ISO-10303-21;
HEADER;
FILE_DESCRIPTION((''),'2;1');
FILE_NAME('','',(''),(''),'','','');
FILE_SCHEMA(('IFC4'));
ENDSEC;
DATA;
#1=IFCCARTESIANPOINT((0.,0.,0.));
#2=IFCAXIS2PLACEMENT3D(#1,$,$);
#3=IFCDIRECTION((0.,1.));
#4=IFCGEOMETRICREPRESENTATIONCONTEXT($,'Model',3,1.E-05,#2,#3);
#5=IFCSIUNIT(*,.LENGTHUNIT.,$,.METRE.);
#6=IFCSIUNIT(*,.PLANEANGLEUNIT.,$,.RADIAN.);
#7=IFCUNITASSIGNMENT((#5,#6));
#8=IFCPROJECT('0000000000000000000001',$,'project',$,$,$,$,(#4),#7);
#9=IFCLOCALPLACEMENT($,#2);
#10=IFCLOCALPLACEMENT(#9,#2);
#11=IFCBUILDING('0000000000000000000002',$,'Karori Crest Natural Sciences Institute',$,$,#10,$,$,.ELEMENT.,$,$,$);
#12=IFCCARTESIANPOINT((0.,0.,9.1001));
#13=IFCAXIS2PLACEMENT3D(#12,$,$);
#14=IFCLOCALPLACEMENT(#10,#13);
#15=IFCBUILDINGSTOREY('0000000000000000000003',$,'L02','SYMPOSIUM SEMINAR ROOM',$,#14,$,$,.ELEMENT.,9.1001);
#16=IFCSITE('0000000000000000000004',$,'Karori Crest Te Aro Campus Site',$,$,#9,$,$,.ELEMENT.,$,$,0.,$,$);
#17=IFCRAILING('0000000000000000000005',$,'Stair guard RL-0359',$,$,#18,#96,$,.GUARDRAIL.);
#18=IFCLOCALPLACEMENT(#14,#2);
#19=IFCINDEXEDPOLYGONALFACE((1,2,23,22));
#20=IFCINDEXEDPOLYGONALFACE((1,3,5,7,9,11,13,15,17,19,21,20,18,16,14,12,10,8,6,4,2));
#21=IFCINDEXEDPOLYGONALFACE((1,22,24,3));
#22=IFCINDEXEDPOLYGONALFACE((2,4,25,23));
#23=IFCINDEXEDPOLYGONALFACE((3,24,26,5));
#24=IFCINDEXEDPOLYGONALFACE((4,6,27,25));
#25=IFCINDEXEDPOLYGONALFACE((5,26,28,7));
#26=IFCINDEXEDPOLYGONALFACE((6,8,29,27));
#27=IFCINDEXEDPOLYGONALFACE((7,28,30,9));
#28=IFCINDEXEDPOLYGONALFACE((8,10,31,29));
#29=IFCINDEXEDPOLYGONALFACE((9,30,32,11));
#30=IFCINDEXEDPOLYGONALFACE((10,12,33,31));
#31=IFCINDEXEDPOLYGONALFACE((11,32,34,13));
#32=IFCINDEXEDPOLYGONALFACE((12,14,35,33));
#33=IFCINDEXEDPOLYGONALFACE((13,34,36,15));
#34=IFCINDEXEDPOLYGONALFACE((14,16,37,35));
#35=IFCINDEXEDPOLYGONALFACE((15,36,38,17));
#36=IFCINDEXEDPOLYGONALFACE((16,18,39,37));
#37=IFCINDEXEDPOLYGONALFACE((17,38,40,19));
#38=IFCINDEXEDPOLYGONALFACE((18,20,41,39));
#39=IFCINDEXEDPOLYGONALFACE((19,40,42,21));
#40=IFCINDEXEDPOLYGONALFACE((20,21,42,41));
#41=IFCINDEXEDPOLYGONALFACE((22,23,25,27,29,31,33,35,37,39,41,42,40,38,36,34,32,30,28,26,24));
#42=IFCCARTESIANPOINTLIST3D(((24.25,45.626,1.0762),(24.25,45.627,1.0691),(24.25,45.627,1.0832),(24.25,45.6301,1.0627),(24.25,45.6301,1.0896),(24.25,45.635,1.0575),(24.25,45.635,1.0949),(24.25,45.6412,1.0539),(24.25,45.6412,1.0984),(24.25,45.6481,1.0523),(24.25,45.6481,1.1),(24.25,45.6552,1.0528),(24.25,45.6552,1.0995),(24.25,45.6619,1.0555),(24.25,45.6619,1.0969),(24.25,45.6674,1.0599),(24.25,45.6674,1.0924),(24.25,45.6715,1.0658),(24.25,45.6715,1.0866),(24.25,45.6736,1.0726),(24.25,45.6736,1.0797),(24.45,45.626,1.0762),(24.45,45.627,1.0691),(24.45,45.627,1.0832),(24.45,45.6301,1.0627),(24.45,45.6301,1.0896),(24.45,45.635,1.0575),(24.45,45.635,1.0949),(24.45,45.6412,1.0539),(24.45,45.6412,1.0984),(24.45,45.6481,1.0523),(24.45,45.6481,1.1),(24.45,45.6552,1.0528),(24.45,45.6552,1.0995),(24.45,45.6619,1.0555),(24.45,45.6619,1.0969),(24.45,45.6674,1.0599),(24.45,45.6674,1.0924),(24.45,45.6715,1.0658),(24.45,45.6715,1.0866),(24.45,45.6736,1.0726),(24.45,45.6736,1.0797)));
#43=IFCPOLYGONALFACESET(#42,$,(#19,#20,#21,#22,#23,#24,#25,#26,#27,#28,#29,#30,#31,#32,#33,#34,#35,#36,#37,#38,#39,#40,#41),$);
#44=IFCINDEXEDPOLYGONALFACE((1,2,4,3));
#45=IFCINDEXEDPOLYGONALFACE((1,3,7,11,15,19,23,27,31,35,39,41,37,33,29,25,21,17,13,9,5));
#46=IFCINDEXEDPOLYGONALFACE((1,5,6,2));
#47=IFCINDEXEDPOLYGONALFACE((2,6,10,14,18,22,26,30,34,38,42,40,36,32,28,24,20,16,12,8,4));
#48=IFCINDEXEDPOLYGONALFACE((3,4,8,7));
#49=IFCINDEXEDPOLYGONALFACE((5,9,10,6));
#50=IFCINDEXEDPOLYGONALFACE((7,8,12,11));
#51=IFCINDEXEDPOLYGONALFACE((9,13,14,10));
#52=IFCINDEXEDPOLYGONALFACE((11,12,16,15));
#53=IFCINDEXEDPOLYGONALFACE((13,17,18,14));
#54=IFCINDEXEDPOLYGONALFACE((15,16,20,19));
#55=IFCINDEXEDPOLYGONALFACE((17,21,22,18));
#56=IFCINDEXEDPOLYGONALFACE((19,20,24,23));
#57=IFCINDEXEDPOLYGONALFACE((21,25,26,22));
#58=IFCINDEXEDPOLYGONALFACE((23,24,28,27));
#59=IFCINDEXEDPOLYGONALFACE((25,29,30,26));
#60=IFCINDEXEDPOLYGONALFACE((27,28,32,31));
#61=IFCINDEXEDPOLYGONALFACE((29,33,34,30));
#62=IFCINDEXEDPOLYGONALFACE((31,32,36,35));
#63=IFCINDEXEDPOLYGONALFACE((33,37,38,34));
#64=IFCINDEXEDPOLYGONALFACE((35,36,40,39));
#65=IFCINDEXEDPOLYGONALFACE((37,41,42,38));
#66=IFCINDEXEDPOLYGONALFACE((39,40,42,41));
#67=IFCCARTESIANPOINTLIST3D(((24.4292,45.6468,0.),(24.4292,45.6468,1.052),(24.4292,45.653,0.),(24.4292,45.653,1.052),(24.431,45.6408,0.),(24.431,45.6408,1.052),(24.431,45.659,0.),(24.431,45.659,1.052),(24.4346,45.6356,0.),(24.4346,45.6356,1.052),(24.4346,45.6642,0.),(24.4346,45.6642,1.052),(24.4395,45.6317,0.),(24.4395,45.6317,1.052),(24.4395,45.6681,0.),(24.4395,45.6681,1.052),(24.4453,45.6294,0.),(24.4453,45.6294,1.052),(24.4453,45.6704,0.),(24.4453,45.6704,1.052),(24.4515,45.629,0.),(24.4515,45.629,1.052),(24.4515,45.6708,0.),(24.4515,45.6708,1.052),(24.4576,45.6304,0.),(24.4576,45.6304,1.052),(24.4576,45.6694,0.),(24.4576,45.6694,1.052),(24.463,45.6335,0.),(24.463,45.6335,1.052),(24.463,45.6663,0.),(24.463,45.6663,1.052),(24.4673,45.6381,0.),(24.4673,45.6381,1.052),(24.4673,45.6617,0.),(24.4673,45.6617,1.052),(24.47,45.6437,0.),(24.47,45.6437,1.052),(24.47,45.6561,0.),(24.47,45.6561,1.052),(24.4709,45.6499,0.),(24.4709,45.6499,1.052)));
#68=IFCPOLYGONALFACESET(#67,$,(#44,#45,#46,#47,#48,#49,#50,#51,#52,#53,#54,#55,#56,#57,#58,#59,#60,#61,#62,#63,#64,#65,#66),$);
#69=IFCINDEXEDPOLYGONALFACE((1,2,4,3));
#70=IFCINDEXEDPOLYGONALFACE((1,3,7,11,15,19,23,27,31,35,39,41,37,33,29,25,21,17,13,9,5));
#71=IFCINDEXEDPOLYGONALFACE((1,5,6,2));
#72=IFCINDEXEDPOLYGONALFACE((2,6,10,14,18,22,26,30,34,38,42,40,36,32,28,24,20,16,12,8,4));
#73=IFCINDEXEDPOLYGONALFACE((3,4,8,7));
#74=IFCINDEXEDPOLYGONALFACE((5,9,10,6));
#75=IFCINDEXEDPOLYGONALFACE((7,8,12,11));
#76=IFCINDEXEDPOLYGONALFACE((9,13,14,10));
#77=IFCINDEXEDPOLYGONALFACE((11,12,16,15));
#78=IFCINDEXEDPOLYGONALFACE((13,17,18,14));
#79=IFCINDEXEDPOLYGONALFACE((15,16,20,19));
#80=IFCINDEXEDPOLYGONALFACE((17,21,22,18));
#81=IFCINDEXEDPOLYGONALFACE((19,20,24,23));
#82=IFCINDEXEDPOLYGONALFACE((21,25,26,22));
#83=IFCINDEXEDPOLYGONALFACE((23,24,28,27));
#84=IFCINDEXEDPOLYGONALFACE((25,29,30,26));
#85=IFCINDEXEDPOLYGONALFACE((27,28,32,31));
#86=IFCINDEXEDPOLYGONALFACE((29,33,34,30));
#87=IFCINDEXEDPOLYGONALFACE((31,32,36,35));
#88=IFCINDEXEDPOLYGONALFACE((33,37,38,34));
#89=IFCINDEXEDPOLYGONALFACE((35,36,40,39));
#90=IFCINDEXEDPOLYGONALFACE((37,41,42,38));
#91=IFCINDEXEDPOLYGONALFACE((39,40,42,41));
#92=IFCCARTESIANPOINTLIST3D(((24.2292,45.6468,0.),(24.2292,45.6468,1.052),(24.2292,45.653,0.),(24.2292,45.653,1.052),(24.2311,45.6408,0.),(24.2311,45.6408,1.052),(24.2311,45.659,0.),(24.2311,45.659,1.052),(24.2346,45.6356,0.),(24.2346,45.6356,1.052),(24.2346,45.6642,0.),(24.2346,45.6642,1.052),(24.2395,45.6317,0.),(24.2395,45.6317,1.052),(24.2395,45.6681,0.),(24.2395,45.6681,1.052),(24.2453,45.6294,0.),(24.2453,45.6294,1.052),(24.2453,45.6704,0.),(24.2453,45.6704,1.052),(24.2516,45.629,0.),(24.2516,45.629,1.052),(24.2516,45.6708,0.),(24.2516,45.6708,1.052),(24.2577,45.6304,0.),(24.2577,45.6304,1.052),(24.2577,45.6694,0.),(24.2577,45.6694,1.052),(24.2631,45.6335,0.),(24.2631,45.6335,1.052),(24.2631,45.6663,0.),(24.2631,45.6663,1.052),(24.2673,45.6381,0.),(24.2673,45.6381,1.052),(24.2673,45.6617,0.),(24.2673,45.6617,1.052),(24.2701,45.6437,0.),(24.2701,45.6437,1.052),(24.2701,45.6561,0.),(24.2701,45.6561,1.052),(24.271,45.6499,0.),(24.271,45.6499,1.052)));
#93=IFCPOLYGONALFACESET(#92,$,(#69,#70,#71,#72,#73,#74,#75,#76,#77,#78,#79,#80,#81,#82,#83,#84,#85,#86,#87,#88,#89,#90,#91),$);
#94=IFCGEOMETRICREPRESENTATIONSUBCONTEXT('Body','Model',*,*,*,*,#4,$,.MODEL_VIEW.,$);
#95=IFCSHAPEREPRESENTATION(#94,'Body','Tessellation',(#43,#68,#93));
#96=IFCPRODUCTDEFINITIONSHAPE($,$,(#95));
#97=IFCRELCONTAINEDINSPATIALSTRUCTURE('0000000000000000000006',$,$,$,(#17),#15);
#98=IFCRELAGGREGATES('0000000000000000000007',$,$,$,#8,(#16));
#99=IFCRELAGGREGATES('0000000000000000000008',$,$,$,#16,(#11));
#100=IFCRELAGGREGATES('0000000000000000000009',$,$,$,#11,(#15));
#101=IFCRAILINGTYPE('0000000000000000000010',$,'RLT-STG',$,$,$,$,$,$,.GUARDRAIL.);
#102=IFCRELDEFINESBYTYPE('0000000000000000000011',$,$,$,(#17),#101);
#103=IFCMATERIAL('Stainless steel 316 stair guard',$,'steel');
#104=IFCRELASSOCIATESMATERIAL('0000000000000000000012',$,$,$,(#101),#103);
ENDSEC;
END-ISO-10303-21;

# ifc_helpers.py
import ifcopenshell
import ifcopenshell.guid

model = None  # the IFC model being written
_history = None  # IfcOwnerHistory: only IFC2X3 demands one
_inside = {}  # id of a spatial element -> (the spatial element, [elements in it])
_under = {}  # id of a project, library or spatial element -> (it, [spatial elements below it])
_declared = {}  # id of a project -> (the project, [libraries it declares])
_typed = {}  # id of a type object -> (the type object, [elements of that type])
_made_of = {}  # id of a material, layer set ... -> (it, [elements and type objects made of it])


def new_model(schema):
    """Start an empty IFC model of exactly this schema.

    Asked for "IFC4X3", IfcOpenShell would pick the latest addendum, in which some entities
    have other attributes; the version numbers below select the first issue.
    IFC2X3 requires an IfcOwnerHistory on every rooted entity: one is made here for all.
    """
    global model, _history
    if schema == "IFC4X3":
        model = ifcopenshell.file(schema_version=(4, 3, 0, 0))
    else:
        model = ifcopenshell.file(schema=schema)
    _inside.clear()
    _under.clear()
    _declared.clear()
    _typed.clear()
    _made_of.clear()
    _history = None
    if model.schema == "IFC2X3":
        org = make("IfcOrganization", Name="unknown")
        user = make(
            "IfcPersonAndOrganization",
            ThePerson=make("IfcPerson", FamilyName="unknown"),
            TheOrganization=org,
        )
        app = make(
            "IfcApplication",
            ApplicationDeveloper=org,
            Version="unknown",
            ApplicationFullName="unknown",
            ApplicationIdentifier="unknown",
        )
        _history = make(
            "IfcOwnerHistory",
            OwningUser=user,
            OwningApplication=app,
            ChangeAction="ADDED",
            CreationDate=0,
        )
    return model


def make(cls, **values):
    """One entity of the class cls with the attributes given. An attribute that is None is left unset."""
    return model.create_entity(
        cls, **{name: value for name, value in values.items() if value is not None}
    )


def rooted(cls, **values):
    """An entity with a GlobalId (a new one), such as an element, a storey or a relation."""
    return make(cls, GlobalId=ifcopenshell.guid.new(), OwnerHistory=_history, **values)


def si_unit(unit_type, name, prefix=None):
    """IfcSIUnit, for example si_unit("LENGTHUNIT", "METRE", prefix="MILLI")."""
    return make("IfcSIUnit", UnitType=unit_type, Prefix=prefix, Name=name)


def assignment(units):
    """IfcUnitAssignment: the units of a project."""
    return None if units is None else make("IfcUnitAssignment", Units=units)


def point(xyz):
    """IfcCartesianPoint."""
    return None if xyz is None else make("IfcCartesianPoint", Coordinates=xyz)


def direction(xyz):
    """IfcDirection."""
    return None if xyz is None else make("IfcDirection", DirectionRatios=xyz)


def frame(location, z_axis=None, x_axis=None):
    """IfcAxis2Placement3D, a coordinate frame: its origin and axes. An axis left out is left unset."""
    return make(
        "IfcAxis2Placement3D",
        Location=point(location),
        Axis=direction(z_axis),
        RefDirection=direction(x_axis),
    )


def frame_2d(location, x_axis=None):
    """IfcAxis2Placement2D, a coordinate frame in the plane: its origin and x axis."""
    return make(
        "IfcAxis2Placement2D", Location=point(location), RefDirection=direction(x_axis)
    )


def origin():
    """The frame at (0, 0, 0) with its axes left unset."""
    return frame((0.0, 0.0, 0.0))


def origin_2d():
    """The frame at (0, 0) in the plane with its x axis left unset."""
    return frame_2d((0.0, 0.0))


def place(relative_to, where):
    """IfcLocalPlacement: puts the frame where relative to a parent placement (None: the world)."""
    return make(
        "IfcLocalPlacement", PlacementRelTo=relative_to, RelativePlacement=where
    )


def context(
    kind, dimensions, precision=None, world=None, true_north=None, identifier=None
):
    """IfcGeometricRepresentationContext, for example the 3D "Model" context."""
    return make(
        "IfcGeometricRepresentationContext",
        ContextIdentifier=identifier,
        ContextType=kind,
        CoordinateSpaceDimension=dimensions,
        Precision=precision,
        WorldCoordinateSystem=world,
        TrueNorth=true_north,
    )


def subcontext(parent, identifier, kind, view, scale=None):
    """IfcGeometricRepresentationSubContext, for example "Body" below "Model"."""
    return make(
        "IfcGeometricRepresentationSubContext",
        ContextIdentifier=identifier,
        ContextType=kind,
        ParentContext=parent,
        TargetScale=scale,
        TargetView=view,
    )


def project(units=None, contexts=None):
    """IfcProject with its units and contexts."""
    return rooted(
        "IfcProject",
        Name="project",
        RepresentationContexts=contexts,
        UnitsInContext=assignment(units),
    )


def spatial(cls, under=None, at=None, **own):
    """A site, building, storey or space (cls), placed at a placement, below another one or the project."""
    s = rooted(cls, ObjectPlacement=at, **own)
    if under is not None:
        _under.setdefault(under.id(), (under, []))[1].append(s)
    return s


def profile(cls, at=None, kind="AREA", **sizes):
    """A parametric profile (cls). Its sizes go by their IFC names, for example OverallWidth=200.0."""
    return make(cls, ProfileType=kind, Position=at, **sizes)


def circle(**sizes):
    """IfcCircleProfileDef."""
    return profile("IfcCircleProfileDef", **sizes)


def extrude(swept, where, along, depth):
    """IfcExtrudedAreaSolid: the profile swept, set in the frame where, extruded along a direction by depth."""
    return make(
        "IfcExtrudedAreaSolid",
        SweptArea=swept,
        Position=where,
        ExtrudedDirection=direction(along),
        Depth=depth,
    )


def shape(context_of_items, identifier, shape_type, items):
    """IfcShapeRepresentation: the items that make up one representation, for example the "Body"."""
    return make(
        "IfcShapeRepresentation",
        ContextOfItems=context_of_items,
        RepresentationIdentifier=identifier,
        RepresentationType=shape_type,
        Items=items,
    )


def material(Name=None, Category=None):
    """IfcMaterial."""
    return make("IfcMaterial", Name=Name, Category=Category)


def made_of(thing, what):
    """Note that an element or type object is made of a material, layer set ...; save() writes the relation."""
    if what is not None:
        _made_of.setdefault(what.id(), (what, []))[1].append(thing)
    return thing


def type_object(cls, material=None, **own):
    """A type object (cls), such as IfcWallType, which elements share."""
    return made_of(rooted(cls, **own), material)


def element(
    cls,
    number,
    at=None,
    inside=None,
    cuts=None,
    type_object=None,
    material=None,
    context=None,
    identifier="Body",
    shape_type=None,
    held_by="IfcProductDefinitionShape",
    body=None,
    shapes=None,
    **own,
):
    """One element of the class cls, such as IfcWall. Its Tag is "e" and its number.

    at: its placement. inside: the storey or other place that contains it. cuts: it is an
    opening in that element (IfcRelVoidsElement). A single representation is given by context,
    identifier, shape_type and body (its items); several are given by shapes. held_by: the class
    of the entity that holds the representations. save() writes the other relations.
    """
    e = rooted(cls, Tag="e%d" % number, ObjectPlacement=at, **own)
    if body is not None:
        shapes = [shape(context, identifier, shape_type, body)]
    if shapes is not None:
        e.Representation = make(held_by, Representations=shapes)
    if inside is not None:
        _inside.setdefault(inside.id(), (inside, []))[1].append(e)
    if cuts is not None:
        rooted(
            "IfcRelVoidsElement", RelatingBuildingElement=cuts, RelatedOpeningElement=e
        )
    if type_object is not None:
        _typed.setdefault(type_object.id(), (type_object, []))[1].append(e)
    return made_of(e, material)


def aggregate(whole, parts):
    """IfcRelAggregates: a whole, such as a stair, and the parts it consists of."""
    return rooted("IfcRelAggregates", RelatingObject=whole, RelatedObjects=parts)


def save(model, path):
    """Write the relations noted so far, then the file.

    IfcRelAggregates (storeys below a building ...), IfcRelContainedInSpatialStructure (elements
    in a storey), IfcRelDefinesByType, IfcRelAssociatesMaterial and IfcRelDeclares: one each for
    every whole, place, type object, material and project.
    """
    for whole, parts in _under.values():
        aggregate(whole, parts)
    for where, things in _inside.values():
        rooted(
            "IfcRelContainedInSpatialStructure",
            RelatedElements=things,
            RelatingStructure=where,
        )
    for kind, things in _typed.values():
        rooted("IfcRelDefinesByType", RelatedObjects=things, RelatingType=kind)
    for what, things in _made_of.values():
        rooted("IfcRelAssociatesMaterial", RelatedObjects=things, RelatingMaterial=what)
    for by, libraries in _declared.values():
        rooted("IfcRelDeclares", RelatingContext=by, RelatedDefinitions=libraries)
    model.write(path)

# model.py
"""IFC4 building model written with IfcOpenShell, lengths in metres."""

from ifc_helpers import new_model, si_unit, direction, frame, origin, origin_2d, place, context, subcontext, project, spatial, circle, extrude, material, type_object, element, save


model = new_model("IFC4")

# Units and contexts
model_context = context("Model", 3, precision=1e-05, world=origin(), true_north=direction((0.0, 1.0)))
body_context = subcontext(model_context, "Body", "Model", "MODEL_VIEW")
ifc_project = project(units=[si_unit("LENGTHUNIT", "METRE"), si_unit("PLANEANGLEUNIT", "RADIAN")], contexts=[model_context])

# Site, building, storey
site_placement = place(None, origin())
site = spatial("IfcSite", under=ifc_project, at=site_placement, Name="Karori Crest Te Aro Campus Site", CompositionType="ELEMENT", RefElevation=0.0)
building_placement = place(site_placement, origin())
building = spatial("IfcBuilding", under=site, at=building_placement, Name="Karori Crest Natural Sciences Institute", CompositionType="ELEMENT")
storey_placement = place(building_placement, frame((0.0, 0.0, 9.1001)))
storey = spatial("IfcBuildingStorey", under=building, at=storey_placement, Name="L02", Description="SYMPOSIUM SEMINAR ROOM", CompositionType="ELEMENT", Elevation=9.1001)

# Railing
ifc_material_1 = material(Name="Stainless steel 316 stair guard", Category="steel")
railing_type_1 = type_object("IfcRailingType", Name="RLT-STG", PredefinedType="GUARDRAIL", material=ifc_material_1)
railing_1_placement = place(storey_placement, frame((24.45, 45.6499, 0.0)))
element("IfcRailing", 1, at=railing_1_placement, inside=storey, type_object=railing_type_1, Name="Stair guard RL-0359", PredefinedType="GUARDRAIL", context=body_context, shape_type="SweptSolid", body=[
    extrude(circle(Radius=0.0239, at=origin_2d()), frame((0.0, 0.0, 1.0762), z_axis=(-1.0, 0.0, 0.0), x_axis=(0.0, -1.0, 0.0)), (0.0, 0.0, 1.0), 0.2),
    extrude(circle(Radius=0.021, at=origin_2d()), origin(), (0.0, 0.0, 1.0), 1.052),
    extrude(circle(Radius=0.021, at=origin_2d()), frame((-0.2, 0.0, 0.0)), (0.0, 0.0, 1.0), 1.052),
])

save(model, "model.ifc")
